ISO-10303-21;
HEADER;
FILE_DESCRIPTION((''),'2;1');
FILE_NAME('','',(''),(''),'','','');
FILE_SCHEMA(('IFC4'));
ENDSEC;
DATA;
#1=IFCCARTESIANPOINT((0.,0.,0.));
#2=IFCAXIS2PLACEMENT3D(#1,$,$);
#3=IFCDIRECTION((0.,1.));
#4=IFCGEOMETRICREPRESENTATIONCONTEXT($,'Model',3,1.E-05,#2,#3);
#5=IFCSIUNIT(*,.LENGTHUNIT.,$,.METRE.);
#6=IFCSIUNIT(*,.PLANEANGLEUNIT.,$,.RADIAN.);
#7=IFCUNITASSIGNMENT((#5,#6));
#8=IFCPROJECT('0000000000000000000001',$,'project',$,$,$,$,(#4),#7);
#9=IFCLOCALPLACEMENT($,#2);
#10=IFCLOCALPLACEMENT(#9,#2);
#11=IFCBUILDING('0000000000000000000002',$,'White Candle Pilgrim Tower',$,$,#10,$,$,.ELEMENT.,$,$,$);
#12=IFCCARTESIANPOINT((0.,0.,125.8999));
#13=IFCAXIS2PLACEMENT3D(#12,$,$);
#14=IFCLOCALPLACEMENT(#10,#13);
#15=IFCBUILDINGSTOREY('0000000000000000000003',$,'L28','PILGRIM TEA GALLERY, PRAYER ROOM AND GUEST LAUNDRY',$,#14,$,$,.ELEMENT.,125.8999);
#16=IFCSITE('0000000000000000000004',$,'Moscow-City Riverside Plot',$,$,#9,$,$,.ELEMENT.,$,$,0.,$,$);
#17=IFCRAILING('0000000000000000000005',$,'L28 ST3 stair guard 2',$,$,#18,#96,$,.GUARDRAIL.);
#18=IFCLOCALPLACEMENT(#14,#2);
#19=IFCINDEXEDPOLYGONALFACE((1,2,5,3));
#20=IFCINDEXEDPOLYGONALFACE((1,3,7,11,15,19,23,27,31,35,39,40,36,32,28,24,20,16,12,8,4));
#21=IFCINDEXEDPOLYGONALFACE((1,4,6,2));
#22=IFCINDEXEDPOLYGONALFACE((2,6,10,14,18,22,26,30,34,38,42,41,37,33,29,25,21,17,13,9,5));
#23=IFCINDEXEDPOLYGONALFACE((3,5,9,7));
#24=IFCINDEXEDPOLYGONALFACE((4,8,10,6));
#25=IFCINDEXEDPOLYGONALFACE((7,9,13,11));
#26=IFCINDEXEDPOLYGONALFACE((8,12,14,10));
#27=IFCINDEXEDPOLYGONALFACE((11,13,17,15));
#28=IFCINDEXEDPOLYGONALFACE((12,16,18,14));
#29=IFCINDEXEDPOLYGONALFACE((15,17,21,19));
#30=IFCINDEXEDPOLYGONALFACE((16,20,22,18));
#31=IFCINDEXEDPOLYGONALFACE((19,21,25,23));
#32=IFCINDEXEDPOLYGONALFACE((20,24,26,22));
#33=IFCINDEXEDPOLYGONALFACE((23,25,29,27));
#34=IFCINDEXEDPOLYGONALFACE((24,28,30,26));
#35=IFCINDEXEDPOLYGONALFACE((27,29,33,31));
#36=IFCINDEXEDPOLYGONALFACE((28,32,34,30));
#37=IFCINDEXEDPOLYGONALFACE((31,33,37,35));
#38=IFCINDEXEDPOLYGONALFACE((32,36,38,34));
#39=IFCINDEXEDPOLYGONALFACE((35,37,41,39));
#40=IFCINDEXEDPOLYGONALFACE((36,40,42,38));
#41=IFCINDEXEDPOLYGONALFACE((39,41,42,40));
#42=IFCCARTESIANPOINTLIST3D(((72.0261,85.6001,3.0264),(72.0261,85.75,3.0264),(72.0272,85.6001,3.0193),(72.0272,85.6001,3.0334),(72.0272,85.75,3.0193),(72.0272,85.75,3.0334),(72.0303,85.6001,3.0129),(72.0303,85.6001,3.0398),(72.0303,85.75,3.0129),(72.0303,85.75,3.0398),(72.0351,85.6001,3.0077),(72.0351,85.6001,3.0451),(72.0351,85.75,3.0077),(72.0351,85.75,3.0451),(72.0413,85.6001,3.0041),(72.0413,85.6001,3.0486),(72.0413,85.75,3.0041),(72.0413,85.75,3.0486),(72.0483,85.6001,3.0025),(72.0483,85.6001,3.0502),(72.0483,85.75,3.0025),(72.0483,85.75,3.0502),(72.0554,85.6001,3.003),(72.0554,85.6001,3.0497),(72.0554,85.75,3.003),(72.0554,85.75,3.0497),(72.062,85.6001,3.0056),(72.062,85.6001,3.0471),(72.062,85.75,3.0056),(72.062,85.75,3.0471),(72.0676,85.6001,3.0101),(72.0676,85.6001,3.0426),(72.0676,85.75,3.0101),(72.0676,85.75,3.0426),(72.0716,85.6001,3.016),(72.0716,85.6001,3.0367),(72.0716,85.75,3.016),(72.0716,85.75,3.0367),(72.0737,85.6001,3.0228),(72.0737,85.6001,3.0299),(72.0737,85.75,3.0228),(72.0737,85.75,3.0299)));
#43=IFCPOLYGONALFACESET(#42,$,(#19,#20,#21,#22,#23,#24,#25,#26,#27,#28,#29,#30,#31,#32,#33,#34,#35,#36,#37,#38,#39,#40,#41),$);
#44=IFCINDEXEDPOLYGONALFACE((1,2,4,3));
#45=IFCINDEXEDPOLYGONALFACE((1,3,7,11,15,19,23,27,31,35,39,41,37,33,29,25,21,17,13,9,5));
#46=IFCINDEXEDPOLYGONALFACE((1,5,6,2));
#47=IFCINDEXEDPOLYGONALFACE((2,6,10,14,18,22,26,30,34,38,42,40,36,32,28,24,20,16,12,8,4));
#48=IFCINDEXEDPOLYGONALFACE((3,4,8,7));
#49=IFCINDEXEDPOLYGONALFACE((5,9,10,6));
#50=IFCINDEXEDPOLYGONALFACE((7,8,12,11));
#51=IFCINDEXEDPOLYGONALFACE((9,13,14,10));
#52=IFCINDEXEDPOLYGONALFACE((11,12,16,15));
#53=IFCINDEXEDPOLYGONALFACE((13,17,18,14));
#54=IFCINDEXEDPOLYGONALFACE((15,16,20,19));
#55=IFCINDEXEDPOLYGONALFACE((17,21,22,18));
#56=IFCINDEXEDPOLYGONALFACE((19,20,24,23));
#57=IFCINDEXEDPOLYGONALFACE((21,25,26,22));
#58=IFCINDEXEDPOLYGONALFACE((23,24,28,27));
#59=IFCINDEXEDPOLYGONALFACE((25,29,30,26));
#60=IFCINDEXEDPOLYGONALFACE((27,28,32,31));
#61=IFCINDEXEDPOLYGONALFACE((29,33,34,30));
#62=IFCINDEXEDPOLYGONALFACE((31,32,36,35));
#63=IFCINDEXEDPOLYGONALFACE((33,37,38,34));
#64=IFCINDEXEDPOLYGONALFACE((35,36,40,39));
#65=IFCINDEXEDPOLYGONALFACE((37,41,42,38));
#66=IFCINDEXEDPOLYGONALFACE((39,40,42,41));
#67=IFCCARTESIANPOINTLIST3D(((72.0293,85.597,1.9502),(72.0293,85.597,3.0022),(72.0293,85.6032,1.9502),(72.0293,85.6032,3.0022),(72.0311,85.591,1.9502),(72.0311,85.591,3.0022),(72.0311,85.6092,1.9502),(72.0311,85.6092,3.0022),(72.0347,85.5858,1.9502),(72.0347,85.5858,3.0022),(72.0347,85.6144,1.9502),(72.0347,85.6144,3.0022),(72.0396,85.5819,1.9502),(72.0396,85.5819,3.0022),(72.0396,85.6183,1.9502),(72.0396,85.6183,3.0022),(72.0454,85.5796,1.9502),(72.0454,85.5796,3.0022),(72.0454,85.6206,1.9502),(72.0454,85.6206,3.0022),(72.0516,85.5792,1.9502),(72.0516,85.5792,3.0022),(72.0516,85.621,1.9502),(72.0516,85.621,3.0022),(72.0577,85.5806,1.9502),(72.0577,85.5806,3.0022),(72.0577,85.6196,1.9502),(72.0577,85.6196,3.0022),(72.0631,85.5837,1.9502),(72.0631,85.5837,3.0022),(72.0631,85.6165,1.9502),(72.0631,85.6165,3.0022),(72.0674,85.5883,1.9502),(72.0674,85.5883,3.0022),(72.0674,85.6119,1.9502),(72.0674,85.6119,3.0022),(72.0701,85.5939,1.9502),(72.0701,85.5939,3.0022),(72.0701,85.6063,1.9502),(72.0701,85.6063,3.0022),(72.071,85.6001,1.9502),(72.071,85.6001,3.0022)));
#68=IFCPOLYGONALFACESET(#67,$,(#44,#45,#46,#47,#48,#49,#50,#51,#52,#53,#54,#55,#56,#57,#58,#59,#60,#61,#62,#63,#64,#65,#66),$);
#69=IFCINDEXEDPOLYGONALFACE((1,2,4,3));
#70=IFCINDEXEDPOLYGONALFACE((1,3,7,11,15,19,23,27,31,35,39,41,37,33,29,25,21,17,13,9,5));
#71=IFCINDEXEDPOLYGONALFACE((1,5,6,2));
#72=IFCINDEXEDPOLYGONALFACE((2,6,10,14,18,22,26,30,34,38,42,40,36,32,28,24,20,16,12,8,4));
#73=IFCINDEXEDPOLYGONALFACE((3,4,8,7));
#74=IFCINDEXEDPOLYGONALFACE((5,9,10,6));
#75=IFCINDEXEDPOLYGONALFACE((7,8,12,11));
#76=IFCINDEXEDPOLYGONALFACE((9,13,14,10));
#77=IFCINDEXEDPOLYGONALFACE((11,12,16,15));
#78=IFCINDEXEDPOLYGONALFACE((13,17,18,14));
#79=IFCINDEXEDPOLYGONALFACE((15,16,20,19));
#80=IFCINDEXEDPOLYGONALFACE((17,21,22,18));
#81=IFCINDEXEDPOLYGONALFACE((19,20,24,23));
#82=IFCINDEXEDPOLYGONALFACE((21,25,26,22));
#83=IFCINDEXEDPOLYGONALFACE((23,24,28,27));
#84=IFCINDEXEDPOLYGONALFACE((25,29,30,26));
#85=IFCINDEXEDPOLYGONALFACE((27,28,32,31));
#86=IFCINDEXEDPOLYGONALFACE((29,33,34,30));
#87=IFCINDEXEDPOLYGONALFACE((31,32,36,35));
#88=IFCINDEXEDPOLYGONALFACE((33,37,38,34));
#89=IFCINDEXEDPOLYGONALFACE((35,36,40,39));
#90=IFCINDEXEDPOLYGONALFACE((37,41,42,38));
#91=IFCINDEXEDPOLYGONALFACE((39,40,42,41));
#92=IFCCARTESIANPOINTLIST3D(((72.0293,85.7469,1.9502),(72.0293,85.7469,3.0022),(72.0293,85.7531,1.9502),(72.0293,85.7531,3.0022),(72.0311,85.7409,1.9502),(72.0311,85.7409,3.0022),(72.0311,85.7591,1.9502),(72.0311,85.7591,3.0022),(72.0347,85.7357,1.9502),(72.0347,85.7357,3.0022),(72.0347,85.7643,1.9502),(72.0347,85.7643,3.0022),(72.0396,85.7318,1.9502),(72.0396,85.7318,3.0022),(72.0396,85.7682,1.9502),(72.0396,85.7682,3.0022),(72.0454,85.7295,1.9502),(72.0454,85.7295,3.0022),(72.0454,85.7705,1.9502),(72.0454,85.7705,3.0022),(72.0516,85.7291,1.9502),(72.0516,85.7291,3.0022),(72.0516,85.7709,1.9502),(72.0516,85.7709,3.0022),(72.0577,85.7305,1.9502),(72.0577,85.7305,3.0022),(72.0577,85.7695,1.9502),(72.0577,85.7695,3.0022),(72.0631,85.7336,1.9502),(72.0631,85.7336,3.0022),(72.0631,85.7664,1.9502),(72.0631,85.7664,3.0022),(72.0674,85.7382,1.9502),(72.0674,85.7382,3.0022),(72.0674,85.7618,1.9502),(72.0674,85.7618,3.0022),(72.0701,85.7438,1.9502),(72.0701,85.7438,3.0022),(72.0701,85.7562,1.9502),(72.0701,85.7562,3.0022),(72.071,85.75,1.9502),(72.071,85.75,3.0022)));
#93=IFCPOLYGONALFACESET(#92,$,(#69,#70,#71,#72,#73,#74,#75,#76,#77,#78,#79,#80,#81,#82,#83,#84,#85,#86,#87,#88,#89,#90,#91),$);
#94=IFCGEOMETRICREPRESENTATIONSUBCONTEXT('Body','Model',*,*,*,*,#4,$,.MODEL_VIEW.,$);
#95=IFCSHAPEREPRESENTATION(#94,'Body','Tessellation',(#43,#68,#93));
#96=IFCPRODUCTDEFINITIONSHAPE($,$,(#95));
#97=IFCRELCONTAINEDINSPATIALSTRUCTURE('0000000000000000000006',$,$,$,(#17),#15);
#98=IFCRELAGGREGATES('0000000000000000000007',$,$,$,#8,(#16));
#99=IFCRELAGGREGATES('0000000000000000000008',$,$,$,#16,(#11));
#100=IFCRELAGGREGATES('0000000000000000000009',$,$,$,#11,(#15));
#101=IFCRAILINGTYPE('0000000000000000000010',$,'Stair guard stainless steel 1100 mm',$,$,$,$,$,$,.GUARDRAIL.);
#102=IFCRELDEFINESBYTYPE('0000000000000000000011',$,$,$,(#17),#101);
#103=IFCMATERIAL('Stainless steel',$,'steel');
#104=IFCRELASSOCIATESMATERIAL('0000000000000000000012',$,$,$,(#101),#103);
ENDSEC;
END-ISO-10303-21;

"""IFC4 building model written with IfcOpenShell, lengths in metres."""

from ifc_helpers import new_model, si_unit, direction, frame, origin, origin_2d, place, context, subcontext, project, spatial, circle, extrude, material, type_object, element, save


model = new_model("IFC4")

# Units and contexts
model_context = context("Model", 3, precision=1e-05, world=origin(), true_north=direction((0.0, 1.0)))
body_context = subcontext(model_context, "Body", "Model", "MODEL_VIEW")
ifc_project = project(units=[si_unit("LENGTHUNIT", "METRE"), si_unit("PLANEANGLEUNIT", "RADIAN")], contexts=[model_context])

# Site, building, storey
site_placement = place(None, origin())
site = spatial("IfcSite", under=ifc_project, at=site_placement, Name="Moscow-City Riverside Plot", CompositionType="ELEMENT", RefElevation=0.0)
building_placement = place(site_placement, origin())
building = spatial("IfcBuilding", under=site, at=building_placement, Name="White Candle Pilgrim Tower", CompositionType="ELEMENT")
storey_placement = place(building_placement, frame((0.0, 0.0, 125.8999)))
storey = spatial("IfcBuildingStorey", under=building, at=storey_placement, Name="L28", Description="PILGRIM TEA GALLERY, PRAYER ROOM AND GUEST LAUNDRY", CompositionType="ELEMENT", Elevation=125.8999)

# Railing
ifc_material_1 = material(Name="Stainless steel", Category="steel")
railing_type_1 = type_object("IfcRailingType", Name="Stair guard stainless steel 1100 mm", PredefinedType="GUARDRAIL", material=ifc_material_1)
railing_1_placement = place(storey_placement, frame((72.05, 85.6001, 1.9502)))
element("IfcRailing", 1, at=railing_1_placement, inside=storey, type_object=railing_type_1, Name="L28 ST3 stair guard 2", PredefinedType="GUARDRAIL", context=body_context, shape_type="SweptSolid", body=[
    extrude(circle(Radius=0.0239, at=origin_2d()), frame((0.0, 0.0, 1.0762), z_axis=(0.0, 1.0, 0.0), x_axis=(-1.0, 0.0, 0.0)), (0.0, 0.0, 1.0), 0.1499),
    extrude(circle(Radius=0.021, at=origin_2d()), origin(), (0.0, 0.0, 1.0), 1.052),
    extrude(circle(Radius=0.021, at=origin_2d()), frame((0.0, 0.1499, 0.0)), (0.0, 0.0, 1.0), 1.052),
])

save(model, "model.ifc")
